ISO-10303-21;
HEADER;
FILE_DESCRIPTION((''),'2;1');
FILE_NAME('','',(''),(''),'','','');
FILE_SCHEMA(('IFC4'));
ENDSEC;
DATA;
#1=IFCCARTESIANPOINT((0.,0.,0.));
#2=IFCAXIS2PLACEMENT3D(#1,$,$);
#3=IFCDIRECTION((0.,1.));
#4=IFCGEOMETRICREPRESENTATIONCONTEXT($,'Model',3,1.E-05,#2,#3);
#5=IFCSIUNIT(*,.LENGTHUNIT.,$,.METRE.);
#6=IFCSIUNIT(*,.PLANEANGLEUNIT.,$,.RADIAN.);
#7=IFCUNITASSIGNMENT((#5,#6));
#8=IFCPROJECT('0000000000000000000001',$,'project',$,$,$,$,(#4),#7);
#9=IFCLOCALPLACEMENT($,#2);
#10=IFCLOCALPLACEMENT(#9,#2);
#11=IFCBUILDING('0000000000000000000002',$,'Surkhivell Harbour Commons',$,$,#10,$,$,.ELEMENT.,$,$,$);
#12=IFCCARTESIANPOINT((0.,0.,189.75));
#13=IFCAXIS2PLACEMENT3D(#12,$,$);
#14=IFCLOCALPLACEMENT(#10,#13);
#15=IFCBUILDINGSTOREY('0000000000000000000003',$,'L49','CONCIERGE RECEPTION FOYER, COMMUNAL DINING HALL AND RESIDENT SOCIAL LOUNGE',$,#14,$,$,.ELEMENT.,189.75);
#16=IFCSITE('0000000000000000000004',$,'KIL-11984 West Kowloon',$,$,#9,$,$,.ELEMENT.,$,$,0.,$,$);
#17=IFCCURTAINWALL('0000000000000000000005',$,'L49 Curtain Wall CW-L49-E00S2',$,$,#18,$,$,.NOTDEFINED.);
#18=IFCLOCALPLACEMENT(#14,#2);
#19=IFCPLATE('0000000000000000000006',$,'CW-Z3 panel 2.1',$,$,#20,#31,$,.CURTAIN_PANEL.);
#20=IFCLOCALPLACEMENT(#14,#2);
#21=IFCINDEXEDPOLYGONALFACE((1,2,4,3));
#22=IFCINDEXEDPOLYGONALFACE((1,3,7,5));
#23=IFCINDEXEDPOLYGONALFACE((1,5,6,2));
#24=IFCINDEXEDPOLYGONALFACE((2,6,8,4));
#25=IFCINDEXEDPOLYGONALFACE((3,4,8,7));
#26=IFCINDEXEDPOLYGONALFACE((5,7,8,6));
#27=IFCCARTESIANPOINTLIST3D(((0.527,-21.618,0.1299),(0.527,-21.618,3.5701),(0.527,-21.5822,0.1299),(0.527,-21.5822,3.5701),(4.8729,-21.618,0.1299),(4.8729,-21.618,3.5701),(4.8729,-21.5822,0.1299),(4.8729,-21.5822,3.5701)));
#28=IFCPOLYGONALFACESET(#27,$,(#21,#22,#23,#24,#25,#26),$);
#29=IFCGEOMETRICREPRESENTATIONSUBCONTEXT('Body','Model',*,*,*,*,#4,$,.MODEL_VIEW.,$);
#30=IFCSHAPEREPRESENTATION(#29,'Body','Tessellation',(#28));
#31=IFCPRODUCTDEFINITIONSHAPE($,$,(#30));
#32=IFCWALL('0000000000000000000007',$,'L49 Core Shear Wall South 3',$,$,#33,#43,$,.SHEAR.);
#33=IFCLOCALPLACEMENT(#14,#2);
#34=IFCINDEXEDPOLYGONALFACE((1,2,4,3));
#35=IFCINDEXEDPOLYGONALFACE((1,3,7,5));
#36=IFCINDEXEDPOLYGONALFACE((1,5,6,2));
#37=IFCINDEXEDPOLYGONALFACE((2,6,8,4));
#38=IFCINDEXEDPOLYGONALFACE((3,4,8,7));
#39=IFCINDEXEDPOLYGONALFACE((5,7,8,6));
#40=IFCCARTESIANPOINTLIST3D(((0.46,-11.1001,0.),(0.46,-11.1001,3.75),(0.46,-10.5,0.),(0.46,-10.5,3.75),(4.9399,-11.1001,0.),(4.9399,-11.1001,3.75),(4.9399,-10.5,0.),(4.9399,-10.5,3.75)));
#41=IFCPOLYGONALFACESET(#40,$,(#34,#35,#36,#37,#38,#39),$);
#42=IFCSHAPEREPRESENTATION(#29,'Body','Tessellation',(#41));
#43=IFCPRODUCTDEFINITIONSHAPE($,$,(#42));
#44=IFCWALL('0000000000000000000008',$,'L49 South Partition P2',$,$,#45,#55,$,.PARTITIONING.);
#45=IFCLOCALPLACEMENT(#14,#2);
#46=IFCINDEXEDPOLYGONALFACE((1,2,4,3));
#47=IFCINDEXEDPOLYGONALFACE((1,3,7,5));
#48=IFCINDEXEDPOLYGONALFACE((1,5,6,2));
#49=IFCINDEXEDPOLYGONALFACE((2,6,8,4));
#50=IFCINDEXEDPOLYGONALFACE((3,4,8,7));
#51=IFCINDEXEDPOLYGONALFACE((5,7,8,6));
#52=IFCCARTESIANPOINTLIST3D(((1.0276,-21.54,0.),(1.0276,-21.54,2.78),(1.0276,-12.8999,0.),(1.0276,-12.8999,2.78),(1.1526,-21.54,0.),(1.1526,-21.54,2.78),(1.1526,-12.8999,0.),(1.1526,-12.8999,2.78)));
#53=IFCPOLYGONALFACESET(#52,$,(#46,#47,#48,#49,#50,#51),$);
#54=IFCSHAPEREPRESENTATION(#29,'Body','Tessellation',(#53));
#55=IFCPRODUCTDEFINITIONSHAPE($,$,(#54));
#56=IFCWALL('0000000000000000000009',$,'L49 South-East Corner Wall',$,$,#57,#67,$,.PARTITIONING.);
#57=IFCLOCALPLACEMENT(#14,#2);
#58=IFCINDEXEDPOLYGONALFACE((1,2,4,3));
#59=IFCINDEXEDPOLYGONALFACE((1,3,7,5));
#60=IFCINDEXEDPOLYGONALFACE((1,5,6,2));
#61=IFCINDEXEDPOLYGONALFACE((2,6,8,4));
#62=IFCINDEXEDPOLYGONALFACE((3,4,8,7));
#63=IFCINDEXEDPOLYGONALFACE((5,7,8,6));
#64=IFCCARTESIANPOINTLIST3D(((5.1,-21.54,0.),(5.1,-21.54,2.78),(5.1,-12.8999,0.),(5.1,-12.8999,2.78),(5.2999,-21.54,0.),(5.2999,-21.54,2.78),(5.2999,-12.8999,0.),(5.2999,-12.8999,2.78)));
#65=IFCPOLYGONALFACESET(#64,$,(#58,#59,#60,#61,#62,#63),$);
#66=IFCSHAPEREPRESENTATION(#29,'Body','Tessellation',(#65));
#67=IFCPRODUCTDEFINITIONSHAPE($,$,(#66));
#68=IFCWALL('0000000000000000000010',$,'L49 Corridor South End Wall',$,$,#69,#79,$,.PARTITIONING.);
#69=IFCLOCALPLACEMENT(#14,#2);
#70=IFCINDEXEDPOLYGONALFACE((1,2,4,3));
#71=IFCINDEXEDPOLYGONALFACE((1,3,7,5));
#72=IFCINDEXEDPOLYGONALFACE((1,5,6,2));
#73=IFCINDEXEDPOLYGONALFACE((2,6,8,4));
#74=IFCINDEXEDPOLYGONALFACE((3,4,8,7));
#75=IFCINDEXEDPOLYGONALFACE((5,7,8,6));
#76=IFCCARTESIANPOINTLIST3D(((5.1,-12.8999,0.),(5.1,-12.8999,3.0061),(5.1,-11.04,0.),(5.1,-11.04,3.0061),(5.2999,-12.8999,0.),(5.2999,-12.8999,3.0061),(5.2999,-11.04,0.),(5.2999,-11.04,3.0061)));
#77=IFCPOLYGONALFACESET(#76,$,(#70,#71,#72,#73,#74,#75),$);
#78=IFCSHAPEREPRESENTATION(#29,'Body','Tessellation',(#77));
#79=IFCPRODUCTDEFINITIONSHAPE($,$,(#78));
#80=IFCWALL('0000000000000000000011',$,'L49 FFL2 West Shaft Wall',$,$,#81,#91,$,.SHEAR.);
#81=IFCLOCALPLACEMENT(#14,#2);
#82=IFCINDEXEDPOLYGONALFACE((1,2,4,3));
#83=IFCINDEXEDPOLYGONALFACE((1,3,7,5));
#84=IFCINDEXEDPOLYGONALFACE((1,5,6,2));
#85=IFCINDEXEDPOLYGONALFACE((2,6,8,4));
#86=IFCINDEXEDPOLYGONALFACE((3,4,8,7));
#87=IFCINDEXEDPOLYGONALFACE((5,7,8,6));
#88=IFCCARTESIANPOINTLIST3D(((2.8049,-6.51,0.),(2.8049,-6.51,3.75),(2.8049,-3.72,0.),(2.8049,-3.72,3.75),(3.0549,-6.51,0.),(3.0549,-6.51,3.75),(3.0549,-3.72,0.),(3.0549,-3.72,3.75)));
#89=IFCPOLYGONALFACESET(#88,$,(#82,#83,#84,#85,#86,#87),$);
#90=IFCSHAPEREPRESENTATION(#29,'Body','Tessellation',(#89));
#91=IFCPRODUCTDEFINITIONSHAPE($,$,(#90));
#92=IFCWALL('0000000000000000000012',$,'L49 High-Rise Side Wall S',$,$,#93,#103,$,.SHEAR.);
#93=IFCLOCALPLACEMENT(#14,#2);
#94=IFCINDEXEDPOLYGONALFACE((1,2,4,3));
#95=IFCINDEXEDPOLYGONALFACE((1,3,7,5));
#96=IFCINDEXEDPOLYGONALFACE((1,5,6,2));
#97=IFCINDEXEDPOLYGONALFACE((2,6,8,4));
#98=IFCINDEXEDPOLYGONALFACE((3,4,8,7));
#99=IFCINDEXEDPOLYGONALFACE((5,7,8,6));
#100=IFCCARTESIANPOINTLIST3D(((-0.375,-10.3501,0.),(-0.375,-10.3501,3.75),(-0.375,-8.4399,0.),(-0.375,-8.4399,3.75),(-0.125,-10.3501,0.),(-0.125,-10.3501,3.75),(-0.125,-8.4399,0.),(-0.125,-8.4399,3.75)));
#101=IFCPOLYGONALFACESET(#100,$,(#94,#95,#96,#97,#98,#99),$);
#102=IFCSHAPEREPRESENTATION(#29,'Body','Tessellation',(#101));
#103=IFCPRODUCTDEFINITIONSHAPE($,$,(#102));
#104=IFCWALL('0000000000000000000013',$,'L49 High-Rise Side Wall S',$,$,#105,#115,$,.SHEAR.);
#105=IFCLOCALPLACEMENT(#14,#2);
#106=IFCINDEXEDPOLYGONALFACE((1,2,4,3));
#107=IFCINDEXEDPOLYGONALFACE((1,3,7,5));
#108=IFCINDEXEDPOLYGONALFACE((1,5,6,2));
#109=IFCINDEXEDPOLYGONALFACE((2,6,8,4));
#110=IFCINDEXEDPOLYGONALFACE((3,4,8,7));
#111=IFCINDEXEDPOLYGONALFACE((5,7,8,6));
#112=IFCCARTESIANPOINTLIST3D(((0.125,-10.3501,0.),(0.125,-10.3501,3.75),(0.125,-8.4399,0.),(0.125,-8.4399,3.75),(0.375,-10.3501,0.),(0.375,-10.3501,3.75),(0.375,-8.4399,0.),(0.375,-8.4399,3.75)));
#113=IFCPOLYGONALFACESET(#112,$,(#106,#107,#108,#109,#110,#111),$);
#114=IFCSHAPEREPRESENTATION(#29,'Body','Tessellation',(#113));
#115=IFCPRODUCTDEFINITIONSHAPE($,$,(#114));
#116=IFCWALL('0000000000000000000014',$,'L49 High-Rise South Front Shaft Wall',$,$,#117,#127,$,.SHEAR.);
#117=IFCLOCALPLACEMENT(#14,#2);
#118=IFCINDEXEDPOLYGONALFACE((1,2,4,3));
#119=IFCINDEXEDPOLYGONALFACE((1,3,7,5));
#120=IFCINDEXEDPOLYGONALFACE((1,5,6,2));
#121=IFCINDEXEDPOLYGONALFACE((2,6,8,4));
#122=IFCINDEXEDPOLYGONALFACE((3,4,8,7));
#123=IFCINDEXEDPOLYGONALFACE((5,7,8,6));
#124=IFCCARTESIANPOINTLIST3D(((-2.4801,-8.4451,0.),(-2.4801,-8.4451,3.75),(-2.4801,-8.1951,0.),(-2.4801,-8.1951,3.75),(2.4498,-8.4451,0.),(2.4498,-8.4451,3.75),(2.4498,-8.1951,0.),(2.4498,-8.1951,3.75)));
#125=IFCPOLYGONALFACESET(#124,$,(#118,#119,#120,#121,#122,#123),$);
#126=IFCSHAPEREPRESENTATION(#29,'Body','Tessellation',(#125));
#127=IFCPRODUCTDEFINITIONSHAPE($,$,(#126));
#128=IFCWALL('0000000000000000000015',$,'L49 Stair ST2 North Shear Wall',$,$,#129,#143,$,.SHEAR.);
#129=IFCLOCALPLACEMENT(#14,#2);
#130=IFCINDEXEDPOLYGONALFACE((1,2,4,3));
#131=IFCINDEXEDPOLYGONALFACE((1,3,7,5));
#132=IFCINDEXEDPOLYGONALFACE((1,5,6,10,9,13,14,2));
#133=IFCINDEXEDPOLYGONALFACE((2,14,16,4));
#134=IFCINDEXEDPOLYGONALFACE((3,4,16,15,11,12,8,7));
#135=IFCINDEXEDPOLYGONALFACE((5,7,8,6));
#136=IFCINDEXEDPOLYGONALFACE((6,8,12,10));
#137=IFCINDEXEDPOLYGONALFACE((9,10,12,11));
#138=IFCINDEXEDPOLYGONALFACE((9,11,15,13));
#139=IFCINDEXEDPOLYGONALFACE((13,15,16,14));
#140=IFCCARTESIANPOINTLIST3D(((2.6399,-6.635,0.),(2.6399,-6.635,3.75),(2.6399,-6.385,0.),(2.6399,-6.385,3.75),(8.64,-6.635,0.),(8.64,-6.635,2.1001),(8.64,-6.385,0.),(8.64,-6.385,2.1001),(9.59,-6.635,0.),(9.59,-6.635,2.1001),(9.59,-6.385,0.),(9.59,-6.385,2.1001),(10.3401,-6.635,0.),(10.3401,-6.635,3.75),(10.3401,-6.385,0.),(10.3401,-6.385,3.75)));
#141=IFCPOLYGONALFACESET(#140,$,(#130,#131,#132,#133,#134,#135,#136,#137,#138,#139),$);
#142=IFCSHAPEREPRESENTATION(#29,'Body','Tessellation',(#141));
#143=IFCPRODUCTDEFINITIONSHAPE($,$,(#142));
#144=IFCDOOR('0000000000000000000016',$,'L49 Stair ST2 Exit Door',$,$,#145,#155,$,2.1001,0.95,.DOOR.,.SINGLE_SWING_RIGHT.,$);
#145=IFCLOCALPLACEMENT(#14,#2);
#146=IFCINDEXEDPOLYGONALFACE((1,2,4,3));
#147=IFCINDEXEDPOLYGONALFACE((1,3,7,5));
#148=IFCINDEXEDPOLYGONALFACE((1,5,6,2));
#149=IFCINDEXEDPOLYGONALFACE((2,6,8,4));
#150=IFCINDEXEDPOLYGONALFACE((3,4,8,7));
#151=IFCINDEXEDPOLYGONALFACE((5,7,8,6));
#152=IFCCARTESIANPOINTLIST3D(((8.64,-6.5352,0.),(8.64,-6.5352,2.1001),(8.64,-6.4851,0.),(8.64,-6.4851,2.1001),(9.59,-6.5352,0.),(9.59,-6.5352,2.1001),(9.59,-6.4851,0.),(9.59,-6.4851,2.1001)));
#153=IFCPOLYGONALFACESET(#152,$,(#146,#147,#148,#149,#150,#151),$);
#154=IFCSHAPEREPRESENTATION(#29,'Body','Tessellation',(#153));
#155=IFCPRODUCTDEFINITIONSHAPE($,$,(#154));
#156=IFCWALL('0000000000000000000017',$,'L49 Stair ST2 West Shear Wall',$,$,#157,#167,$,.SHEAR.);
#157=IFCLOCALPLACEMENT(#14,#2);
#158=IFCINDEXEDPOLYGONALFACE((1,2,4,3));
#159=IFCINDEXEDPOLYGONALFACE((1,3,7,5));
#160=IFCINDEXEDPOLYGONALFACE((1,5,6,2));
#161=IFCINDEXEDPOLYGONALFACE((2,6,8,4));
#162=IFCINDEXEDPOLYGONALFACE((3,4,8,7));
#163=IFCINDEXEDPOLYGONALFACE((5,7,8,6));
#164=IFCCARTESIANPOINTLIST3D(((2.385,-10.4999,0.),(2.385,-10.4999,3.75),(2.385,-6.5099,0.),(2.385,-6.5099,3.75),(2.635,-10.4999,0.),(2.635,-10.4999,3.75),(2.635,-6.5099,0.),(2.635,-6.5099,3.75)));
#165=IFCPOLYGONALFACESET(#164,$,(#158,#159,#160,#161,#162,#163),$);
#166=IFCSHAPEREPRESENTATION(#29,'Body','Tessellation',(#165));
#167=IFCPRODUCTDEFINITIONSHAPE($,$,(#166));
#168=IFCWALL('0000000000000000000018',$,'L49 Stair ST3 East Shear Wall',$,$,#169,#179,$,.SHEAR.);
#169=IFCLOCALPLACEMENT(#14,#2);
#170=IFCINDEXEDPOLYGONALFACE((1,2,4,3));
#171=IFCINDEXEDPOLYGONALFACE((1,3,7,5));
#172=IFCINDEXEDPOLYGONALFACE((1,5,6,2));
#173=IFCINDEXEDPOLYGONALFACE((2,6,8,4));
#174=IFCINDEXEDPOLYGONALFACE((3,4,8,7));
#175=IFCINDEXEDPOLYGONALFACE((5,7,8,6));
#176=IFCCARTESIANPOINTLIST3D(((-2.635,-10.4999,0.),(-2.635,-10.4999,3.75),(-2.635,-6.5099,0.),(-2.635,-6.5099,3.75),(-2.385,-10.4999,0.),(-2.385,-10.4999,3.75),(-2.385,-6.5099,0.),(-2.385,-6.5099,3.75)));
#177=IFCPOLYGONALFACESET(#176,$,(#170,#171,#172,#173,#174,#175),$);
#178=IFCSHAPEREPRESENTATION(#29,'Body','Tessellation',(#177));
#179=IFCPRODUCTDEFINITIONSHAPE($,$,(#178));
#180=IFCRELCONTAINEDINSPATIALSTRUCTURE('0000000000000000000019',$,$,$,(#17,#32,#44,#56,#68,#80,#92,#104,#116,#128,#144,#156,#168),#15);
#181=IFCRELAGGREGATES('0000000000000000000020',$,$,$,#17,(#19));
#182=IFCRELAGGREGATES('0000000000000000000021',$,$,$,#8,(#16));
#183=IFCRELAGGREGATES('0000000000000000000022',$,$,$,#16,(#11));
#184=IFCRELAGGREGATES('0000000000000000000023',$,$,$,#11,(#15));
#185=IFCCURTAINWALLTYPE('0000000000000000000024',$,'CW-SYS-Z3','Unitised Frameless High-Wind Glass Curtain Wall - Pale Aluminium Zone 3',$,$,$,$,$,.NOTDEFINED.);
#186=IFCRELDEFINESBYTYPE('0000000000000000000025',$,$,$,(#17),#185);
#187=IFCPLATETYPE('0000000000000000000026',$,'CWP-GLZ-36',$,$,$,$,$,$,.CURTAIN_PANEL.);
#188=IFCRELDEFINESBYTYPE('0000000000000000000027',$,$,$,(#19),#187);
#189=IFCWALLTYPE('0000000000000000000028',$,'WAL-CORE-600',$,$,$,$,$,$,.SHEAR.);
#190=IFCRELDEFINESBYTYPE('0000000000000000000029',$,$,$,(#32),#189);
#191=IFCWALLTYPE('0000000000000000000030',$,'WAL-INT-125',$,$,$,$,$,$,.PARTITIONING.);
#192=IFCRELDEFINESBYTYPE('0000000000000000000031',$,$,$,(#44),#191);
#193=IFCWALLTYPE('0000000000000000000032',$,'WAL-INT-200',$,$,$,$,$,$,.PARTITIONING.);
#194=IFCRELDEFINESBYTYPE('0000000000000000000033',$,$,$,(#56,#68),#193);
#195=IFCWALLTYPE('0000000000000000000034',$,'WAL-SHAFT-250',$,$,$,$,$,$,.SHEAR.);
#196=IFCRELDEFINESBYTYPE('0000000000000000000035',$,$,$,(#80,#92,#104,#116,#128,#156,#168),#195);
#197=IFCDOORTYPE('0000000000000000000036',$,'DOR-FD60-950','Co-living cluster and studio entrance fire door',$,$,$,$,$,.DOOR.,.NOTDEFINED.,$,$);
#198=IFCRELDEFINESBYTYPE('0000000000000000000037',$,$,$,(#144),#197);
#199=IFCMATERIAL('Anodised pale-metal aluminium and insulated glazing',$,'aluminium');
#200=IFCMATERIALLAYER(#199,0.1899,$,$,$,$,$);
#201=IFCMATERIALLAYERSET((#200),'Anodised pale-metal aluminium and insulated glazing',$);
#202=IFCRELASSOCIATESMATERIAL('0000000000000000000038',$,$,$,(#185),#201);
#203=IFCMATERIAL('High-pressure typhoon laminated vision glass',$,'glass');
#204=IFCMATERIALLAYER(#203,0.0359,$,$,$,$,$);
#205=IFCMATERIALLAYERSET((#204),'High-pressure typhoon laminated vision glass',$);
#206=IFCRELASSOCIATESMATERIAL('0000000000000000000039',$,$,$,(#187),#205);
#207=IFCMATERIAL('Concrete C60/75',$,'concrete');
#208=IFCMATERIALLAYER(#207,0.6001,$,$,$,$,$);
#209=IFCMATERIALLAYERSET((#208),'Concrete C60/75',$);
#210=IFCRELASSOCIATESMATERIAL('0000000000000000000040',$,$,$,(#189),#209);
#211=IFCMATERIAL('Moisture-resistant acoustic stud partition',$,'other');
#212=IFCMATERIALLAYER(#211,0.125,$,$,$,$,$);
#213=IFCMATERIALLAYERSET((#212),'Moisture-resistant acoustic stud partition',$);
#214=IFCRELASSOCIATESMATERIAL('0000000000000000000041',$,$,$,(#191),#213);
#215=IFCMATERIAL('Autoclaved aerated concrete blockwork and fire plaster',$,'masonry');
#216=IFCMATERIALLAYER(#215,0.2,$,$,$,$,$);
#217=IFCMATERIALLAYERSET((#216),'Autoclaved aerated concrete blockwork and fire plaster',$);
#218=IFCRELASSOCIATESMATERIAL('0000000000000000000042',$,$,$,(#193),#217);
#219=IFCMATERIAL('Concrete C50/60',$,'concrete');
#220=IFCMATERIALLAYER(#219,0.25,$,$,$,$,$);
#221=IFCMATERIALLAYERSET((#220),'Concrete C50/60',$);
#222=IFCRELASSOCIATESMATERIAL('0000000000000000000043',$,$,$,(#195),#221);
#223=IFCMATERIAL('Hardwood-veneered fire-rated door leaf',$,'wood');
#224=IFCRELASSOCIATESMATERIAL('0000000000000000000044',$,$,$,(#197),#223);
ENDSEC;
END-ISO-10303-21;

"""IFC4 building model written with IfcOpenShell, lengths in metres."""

from ifc_helpers import new_model, si_unit, direction, frame, frame_2d, origin, place, context, subcontext, project, spatial, rectangle, extrude, material, layer, layer_set, type_object, element, fill, aggregate, save


model = new_model("IFC4")

# Units and contexts
model_context = context("Model", 3, precision=1e-05, world=origin(), true_north=direction((0.0, 1.0)))
body_context = subcontext(model_context, "Body", "Model", "MODEL_VIEW")
ifc_project = project(units=[si_unit("LENGTHUNIT", "METRE"), si_unit("PLANEANGLEUNIT", "RADIAN")], contexts=[model_context])

# Site, building, storey
site_placement = place(None, origin())
site = spatial("IfcSite", under=ifc_project, at=site_placement, Name="KIL-11984 West Kowloon", CompositionType="ELEMENT", RefElevation=0.0)
building_placement = place(site_placement, origin())
building = spatial("IfcBuilding", under=site, at=building_placement, Name="Surkhivell Harbour Commons", CompositionType="ELEMENT")
storey_placement = place(building_placement, frame((0.0, 0.0, 189.75)))
storey = spatial("IfcBuildingStorey", under=building, at=storey_placement, Name="L49", Description="CONCIERGE RECEPTION FOYER, COMMUNAL DINING HALL AND RESIDENT SOCIAL LOUNGE", CompositionType="ELEMENT", Elevation=189.75)

# Shared definitions
ifc_material_1 = material(Name="Concrete C60/75", Category="concrete")

# Curtain wall, plate
ifc_material_2 = material(Name="Anodised pale-metal aluminium and insulated glazing", Category="aluminium")
ifc_layer_1 = layer(ifc_material_2, 0.1899)
ifc_layer_set_1 = layer_set([ifc_layer_1], Name="Anodised pale-metal aluminium and insulated glazing")
curtain_wall_type = type_object("IfcCurtainWallType", Name="CW-SYS-Z3", Description="Unitised Frameless High-Wind Glass Curtain Wall - Pale Aluminium Zone 3", PredefinedType="NOTDEFINED", material=ifc_layer_set_1)
curtain_wall_placement = place(storey_placement, origin())
curtain_wall = element("IfcCurtainWall", 1, at=curtain_wall_placement, inside=storey, type_object=curtain_wall_type, Name="L49 Curtain Wall CW-L49-E00S2", PredefinedType="NOTDEFINED")
ifc_material_3 = material(Name="High-pressure typhoon laminated vision glass", Category="glass")
ifc_layer_2 = layer(ifc_material_3, 0.0359)
ifc_layer_set_2 = layer_set([ifc_layer_2], Name="High-pressure typhoon laminated vision glass")
plate_type = type_object("IfcPlateType", Name="CWP-GLZ-36", PredefinedType="CURTAIN_PANEL", material=ifc_layer_set_2)
plate_placement = place(storey_placement, frame((0.5271, -21.6001, 0.1299), z_axis=(0.0, 0.0, 1.0), x_axis=(1.0, 0.0, 0.0)))
plate = element("IfcPlate", 2, at=plate_placement, type_object=plate_type, Name="CW-Z3 panel 2.1", PredefinedType="CURTAIN_PANEL", context=body_context, shape_type="SweptSolid", body=[
    extrude(rectangle(XDim=4.3459, YDim=0.0359, at=frame_2d((2.1729, 0.0))), origin(), (0.0, 0.0, 1.0), 3.4402),
])
aggregate(curtain_wall, [plate])

# Walls
ifc_layer_3 = layer(ifc_material_1, 0.6001)
ifc_layer_set_3 = layer_set([ifc_layer_3], Name="Concrete C60/75")
wall_type_1 = type_object("IfcWallType", Name="WAL-CORE-600", PredefinedType="SHEAR", material=ifc_layer_set_3)
wall_1_placement = place(storey_placement, frame((0.46, -10.8, 0.0), z_axis=(0.0, 0.0, 1.0), x_axis=(1.0, 0.0, 0.0)))
element("IfcWall", 3, at=wall_1_placement, inside=storey, type_object=wall_type_1, Name="L49 Core Shear Wall South 3", PredefinedType="SHEAR", context=body_context, shape_type="SweptSolid", body=[
    extrude(rectangle(XDim=4.48, YDim=0.6001, at=frame_2d((2.24, 0.0))), origin(), (0.0, 0.0, 1.0), 3.75),
])
ifc_material_4 = material(Name="Moisture-resistant acoustic stud partition", Category="other")
ifc_layer_4 = layer(ifc_material_4, 0.125)
ifc_layer_set_4 = layer_set([ifc_layer_4], Name="Moisture-resistant acoustic stud partition")
wall_type_2 = type_object("IfcWallType", Name="WAL-INT-125", PredefinedType="PARTITIONING", material=ifc_layer_set_4)
wall_2_placement = place(storey_placement, frame((1.0901, -21.54, 0.0), z_axis=(0.0, 0.0, 1.0), x_axis=(0.0, 1.0, 0.0)))
element("IfcWall", 4, at=wall_2_placement, inside=storey, type_object=wall_type_2, Name="L49 South Partition P2", PredefinedType="PARTITIONING", context=body_context, shape_type="SweptSolid", body=[
    extrude(rectangle(XDim=8.6401, YDim=0.125, at=frame_2d((4.3201, 0.0))), origin(), (0.0, 0.0, 1.0), 2.78),
])
ifc_material_5 = material(Name="Autoclaved aerated concrete blockwork and fire plaster", Category="masonry")
ifc_layer_5 = layer(ifc_material_5, 0.2)
ifc_layer_set_5 = layer_set([ifc_layer_5], Name="Autoclaved aerated concrete blockwork and fire plaster")
wall_type_3 = type_object("IfcWallType", Name="WAL-INT-200", PredefinedType="PARTITIONING", material=ifc_layer_set_5)
wall_3_placement = place(storey_placement, frame((5.2, -21.54, 0.0), z_axis=(0.0, 0.0, 1.0), x_axis=(0.0, 1.0, 0.0)))
element("IfcWall", 5, at=wall_3_placement, inside=storey, type_object=wall_type_3, Name="L49 South-East Corner Wall", PredefinedType="PARTITIONING", context=body_context, shape_type="SweptSolid", body=[
    extrude(rectangle(XDim=8.6401, YDim=0.2, at=frame_2d((4.3201, 0.0))), origin(), (0.0, 0.0, 1.0), 2.78),
])
wall_4_placement = place(storey_placement, frame((5.2, -12.8999, 0.0), z_axis=(0.0, 0.0, 1.0), x_axis=(0.0, 1.0, 0.0)))
element("IfcWall", 6, at=wall_4_placement, inside=storey, type_object=wall_type_3, Name="L49 Corridor South End Wall", PredefinedType="PARTITIONING", context=body_context, shape_type="SweptSolid", body=[
    extrude(rectangle(XDim=1.8599, YDim=0.2, at=frame_2d((0.9299, 0.0))), origin(), (0.0, 0.0, 1.0), 3.0061),
])
ifc_material_6 = material(Name="Concrete C50/60", Category="concrete")
ifc_layer_6 = layer(ifc_material_6, 0.25)
ifc_layer_set_6 = layer_set([ifc_layer_6], Name="Concrete C50/60")
wall_type_4 = type_object("IfcWallType", Name="WAL-SHAFT-250", PredefinedType="SHEAR", material=ifc_layer_set_6)
wall_5_placement = place(storey_placement, frame((2.9299, -6.51, 0.0), z_axis=(0.0, 0.0, 1.0), x_axis=(0.0, 1.0, 0.0)))
element("IfcWall", 7, at=wall_5_placement, inside=storey, type_object=wall_type_4, Name="L49 FFL2 West Shaft Wall", PredefinedType="SHEAR", context=body_context, shape_type="SweptSolid", body=[
    extrude(rectangle(XDim=2.79, YDim=0.25, at=frame_2d((1.395, 0.0))), origin(), (0.0, 0.0, 1.0), 3.75),
])
for number, where, z_axis, x_axis, name in (
    (8, (-0.25, -10.3501, 0.0), (0.0, 0.0, 1.0), (0.0, 1.0, 0.0), "L49 High-Rise Side Wall S"),
    (9, (0.25, -10.3501, 0.0), (0.0, 0.0, 1.0), (0.0, 1.0, 0.0), "L49 High-Rise Side Wall S"),
):
    element("IfcWall", number, at=place(storey_placement, frame(where, z_axis=z_axis, x_axis=x_axis)), inside=storey, type_object=wall_type_4, Name=name, PredefinedType="SHEAR", context=body_context, shape_type="SweptSolid", body=[
        extrude(rectangle(XDim=1.9102, YDim=0.25, at=frame_2d((0.9551, 0.0))), origin(), (0.0, 0.0, 1.0), 3.75),
    ])
wall_6_placement = place(storey_placement, frame((-2.48, -8.3201, 0.0), z_axis=(0.0, 0.0, 1.0), x_axis=(1.0, 0.0, 0.0)))
element("IfcWall", 10, at=wall_6_placement, inside=storey, type_object=wall_type_4, Name="L49 High-Rise South Front Shaft Wall", PredefinedType="SHEAR", context=body_context, shape_type="SweptSolid", body=[
    extrude(rectangle(XDim=4.9299, YDim=0.25, at=frame_2d((2.4648, 0.0))), origin(), (0.0, 0.0, 1.0), 3.75),
])

# Wall, opening, door
wall_7_placement = place(storey_placement, frame((2.6399, -6.51, 0.0), z_axis=(0.0, 0.0, 1.0), x_axis=(1.0, 0.0, 0.0)))
wall_7 = element("IfcWall", 11, at=wall_7_placement, inside=storey, type_object=wall_type_4, Name="L49 Stair ST2 North Shear Wall", PredefinedType="SHEAR", context=body_context, shape_type="SweptSolid", body=[
    extrude(rectangle(XDim=7.7002, YDim=0.25, at=frame_2d((3.8501, 0.0))), origin(), (0.0, 0.0, 1.0), 3.75),
])
opening_placement = place(wall_7_placement, frame((6.0, 0.0, 0.0)))
opening = element("IfcOpeningElement", 12, at=opening_placement, cuts=wall_7, PredefinedType="OPENING", context=body_context, shape_type="SweptSolid", body=[
    extrude(rectangle(XDim=0.95, YDim=2.1001, at=frame_2d((0.4751, 1.05))), frame((0.0, 0.135, 0.0), z_axis=(0.0, -1.0, 0.0), x_axis=(1.0, 0.0, 0.0)), (0.0, 0.0, 1.0), 0.27),
])
ifc_material_7 = material(Name="Hardwood-veneered fire-rated door leaf", Category="wood")
door_type = type_object("IfcDoorType", Name="DOR-FD60-950", Description="Co-living cluster and studio entrance fire door", OperationType="NOTDEFINED", PredefinedType="DOOR", material=ifc_material_7)
door_placement = place(opening_placement, origin())
door = element("IfcDoor", 13, at=door_placement, inside=storey, type_object=door_type, Name="L49 Stair ST2 Exit Door", OperationType="SINGLE_SWING_RIGHT", OverallHeight=2.1001, OverallWidth=0.95, PredefinedType="DOOR", context=body_context, shape_type="SweptSolid", body=[
    extrude(rectangle(XDim=0.95, YDim=2.1001, at=frame_2d((0.4751, 1.05))), frame((0.0, 0.0249, 0.0), z_axis=(0.0, -1.0, 0.0), x_axis=(1.0, 0.0, 0.0)), (0.0, 0.0, 1.0), 0.05),
])
fill(opening, door)

# Walls
for number, where, z_axis, x_axis, name in (
    (14, (2.51, -10.5, 0.0), (0.0, 0.0, 1.0), (0.0, 1.0, 0.0), "L49 Stair ST2 West Shear Wall"),
    (15, (-2.51, -10.5, 0.0), (0.0, 0.0, 1.0), (0.0, 1.0, 0.0), "L49 Stair ST3 East Shear Wall"),
):
    element("IfcWall", number, at=place(storey_placement, frame(where, z_axis=z_axis, x_axis=x_axis)), inside=storey, type_object=wall_type_4, Name=name, PredefinedType="SHEAR", context=body_context, shape_type="SweptSolid", body=[
        extrude(rectangle(XDim=3.99, YDim=0.25, at=frame_2d((1.9951, 0.0))), origin(), (0.0, 0.0, 1.0), 3.75),
    ])

save(model, "model.ifc")
